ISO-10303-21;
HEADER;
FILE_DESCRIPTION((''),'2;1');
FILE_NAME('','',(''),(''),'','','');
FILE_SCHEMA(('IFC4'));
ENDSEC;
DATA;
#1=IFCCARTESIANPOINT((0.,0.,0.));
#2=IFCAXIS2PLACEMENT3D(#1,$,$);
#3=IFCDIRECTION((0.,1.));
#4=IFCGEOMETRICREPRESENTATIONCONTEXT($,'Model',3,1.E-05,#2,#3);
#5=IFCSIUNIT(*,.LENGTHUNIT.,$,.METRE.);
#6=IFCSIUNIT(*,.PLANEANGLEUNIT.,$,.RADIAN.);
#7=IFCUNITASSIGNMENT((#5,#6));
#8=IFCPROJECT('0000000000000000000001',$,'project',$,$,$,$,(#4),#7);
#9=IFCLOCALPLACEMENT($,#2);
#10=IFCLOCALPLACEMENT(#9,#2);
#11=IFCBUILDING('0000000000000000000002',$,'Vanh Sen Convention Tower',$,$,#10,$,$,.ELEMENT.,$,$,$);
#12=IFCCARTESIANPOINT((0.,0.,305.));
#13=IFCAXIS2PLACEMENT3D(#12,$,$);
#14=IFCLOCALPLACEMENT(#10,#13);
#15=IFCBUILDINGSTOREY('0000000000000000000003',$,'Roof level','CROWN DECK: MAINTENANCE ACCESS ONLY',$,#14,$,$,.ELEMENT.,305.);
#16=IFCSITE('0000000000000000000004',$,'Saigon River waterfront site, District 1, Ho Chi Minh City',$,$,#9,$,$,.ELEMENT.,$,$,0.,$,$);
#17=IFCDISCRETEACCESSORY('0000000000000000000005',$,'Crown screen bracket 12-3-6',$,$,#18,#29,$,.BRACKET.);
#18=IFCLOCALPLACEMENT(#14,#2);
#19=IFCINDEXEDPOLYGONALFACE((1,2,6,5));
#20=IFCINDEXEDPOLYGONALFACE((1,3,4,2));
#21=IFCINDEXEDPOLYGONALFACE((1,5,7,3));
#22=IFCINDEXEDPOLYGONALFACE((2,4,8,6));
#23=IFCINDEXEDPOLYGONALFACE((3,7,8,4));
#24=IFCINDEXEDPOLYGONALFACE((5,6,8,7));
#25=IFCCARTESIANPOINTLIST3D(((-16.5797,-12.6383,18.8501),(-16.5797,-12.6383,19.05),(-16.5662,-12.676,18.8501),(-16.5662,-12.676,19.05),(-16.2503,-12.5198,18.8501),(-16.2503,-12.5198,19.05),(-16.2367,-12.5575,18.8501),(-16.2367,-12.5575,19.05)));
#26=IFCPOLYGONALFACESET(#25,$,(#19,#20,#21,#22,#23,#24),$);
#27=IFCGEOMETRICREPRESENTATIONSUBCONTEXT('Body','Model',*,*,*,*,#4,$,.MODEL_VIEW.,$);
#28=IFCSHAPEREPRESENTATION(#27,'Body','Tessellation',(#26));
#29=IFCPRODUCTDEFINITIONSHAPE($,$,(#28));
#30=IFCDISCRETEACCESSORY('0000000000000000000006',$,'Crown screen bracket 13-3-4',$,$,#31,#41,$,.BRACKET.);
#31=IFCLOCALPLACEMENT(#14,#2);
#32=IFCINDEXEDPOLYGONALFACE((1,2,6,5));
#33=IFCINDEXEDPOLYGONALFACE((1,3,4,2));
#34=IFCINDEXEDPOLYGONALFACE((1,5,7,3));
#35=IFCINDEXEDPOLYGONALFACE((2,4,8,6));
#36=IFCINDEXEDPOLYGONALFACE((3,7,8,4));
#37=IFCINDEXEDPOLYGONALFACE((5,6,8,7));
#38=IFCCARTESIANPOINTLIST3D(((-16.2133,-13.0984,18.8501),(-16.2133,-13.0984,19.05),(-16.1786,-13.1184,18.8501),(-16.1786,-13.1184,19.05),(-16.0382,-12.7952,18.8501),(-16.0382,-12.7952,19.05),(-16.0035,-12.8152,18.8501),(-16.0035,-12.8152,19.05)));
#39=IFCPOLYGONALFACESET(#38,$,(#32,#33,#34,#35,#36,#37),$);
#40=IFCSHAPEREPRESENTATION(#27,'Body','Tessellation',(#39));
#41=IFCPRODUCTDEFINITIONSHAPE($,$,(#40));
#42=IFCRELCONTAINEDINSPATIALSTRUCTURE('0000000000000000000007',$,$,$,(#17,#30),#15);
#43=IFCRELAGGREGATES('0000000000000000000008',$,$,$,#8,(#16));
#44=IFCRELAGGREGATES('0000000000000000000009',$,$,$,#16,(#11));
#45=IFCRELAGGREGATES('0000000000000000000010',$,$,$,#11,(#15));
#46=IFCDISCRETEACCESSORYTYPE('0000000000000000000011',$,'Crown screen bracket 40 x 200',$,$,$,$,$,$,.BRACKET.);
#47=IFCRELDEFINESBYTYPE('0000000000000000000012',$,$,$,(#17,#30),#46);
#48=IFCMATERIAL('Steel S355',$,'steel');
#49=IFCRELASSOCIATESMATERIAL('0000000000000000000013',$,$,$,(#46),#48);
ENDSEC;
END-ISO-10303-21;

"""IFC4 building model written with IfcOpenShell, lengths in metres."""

from ifc_helpers import new_model, si_unit, direction, frame, origin, origin_2d, place, context, subcontext, project, spatial, rectangle, extrude, material, type_object, element, save


model = new_model("IFC4")

# Units and contexts
model_context = context("Model", 3, precision=1e-05, world=origin(), true_north=direction((0.0, 1.0)))
body_context = subcontext(model_context, "Body", "Model", "MODEL_VIEW")
ifc_project = project(units=[si_unit("LENGTHUNIT", "METRE"), si_unit("PLANEANGLEUNIT", "RADIAN")], contexts=[model_context])

# Site, building, storey
site_placement = place(None, origin())
site = spatial("IfcSite", under=ifc_project, at=site_placement, Name="Saigon River waterfront site, District 1, Ho Chi Minh City", CompositionType="ELEMENT", RefElevation=0.0)
building_placement = place(site_placement, origin())
building = spatial("IfcBuilding", under=site, at=building_placement, Name="Vanh Sen Convention Tower", CompositionType="ELEMENT")
storey_placement = place(building_placement, frame((0.0, 0.0, 305.0)))
storey = spatial("IfcBuildingStorey", under=building, at=storey_placement, Name="Roof level", Description="CROWN DECK: MAINTENANCE ACCESS ONLY", CompositionType="ELEMENT", Elevation=305.0)

# Discrete accessories
ifc_material_1 = material(Name="Steel S355", Category="steel")
discrete_accessory_type_1 = type_object("IfcDiscreteAccessoryType", Name="Crown screen bracket 40 x 200", PredefinedType="BRACKET", material=ifc_material_1)
for number, where, z_axis, x_axis, name in (
    (1, (-16.4082, -12.5979, 18.8501), (0.0, 0.0, 1.0), (-0.941021, -0.338349, 0.0), "Crown screen bracket 12-3-6"),
    (2, (-16.1084, -12.9568, 18.8501), (0.0, 0.0, 1.0), (-0.500005, -0.866023, 0.0), "Crown screen bracket 13-3-4"),
):
    element("IfcDiscreteAccessory", number, at=place(storey_placement, frame(where, z_axis=z_axis, x_axis=x_axis)), inside=storey, type_object=discrete_accessory_type_1, Name=name, PredefinedType="BRACKET", context=body_context, shape_type="SweptSolid", body=[
        extrude(rectangle(XDim=0.3501, YDim=0.04, at=origin_2d()), origin(), (0.0, 0.0, 1.0), 0.2),
    ])

save(model, "model.ifc")
